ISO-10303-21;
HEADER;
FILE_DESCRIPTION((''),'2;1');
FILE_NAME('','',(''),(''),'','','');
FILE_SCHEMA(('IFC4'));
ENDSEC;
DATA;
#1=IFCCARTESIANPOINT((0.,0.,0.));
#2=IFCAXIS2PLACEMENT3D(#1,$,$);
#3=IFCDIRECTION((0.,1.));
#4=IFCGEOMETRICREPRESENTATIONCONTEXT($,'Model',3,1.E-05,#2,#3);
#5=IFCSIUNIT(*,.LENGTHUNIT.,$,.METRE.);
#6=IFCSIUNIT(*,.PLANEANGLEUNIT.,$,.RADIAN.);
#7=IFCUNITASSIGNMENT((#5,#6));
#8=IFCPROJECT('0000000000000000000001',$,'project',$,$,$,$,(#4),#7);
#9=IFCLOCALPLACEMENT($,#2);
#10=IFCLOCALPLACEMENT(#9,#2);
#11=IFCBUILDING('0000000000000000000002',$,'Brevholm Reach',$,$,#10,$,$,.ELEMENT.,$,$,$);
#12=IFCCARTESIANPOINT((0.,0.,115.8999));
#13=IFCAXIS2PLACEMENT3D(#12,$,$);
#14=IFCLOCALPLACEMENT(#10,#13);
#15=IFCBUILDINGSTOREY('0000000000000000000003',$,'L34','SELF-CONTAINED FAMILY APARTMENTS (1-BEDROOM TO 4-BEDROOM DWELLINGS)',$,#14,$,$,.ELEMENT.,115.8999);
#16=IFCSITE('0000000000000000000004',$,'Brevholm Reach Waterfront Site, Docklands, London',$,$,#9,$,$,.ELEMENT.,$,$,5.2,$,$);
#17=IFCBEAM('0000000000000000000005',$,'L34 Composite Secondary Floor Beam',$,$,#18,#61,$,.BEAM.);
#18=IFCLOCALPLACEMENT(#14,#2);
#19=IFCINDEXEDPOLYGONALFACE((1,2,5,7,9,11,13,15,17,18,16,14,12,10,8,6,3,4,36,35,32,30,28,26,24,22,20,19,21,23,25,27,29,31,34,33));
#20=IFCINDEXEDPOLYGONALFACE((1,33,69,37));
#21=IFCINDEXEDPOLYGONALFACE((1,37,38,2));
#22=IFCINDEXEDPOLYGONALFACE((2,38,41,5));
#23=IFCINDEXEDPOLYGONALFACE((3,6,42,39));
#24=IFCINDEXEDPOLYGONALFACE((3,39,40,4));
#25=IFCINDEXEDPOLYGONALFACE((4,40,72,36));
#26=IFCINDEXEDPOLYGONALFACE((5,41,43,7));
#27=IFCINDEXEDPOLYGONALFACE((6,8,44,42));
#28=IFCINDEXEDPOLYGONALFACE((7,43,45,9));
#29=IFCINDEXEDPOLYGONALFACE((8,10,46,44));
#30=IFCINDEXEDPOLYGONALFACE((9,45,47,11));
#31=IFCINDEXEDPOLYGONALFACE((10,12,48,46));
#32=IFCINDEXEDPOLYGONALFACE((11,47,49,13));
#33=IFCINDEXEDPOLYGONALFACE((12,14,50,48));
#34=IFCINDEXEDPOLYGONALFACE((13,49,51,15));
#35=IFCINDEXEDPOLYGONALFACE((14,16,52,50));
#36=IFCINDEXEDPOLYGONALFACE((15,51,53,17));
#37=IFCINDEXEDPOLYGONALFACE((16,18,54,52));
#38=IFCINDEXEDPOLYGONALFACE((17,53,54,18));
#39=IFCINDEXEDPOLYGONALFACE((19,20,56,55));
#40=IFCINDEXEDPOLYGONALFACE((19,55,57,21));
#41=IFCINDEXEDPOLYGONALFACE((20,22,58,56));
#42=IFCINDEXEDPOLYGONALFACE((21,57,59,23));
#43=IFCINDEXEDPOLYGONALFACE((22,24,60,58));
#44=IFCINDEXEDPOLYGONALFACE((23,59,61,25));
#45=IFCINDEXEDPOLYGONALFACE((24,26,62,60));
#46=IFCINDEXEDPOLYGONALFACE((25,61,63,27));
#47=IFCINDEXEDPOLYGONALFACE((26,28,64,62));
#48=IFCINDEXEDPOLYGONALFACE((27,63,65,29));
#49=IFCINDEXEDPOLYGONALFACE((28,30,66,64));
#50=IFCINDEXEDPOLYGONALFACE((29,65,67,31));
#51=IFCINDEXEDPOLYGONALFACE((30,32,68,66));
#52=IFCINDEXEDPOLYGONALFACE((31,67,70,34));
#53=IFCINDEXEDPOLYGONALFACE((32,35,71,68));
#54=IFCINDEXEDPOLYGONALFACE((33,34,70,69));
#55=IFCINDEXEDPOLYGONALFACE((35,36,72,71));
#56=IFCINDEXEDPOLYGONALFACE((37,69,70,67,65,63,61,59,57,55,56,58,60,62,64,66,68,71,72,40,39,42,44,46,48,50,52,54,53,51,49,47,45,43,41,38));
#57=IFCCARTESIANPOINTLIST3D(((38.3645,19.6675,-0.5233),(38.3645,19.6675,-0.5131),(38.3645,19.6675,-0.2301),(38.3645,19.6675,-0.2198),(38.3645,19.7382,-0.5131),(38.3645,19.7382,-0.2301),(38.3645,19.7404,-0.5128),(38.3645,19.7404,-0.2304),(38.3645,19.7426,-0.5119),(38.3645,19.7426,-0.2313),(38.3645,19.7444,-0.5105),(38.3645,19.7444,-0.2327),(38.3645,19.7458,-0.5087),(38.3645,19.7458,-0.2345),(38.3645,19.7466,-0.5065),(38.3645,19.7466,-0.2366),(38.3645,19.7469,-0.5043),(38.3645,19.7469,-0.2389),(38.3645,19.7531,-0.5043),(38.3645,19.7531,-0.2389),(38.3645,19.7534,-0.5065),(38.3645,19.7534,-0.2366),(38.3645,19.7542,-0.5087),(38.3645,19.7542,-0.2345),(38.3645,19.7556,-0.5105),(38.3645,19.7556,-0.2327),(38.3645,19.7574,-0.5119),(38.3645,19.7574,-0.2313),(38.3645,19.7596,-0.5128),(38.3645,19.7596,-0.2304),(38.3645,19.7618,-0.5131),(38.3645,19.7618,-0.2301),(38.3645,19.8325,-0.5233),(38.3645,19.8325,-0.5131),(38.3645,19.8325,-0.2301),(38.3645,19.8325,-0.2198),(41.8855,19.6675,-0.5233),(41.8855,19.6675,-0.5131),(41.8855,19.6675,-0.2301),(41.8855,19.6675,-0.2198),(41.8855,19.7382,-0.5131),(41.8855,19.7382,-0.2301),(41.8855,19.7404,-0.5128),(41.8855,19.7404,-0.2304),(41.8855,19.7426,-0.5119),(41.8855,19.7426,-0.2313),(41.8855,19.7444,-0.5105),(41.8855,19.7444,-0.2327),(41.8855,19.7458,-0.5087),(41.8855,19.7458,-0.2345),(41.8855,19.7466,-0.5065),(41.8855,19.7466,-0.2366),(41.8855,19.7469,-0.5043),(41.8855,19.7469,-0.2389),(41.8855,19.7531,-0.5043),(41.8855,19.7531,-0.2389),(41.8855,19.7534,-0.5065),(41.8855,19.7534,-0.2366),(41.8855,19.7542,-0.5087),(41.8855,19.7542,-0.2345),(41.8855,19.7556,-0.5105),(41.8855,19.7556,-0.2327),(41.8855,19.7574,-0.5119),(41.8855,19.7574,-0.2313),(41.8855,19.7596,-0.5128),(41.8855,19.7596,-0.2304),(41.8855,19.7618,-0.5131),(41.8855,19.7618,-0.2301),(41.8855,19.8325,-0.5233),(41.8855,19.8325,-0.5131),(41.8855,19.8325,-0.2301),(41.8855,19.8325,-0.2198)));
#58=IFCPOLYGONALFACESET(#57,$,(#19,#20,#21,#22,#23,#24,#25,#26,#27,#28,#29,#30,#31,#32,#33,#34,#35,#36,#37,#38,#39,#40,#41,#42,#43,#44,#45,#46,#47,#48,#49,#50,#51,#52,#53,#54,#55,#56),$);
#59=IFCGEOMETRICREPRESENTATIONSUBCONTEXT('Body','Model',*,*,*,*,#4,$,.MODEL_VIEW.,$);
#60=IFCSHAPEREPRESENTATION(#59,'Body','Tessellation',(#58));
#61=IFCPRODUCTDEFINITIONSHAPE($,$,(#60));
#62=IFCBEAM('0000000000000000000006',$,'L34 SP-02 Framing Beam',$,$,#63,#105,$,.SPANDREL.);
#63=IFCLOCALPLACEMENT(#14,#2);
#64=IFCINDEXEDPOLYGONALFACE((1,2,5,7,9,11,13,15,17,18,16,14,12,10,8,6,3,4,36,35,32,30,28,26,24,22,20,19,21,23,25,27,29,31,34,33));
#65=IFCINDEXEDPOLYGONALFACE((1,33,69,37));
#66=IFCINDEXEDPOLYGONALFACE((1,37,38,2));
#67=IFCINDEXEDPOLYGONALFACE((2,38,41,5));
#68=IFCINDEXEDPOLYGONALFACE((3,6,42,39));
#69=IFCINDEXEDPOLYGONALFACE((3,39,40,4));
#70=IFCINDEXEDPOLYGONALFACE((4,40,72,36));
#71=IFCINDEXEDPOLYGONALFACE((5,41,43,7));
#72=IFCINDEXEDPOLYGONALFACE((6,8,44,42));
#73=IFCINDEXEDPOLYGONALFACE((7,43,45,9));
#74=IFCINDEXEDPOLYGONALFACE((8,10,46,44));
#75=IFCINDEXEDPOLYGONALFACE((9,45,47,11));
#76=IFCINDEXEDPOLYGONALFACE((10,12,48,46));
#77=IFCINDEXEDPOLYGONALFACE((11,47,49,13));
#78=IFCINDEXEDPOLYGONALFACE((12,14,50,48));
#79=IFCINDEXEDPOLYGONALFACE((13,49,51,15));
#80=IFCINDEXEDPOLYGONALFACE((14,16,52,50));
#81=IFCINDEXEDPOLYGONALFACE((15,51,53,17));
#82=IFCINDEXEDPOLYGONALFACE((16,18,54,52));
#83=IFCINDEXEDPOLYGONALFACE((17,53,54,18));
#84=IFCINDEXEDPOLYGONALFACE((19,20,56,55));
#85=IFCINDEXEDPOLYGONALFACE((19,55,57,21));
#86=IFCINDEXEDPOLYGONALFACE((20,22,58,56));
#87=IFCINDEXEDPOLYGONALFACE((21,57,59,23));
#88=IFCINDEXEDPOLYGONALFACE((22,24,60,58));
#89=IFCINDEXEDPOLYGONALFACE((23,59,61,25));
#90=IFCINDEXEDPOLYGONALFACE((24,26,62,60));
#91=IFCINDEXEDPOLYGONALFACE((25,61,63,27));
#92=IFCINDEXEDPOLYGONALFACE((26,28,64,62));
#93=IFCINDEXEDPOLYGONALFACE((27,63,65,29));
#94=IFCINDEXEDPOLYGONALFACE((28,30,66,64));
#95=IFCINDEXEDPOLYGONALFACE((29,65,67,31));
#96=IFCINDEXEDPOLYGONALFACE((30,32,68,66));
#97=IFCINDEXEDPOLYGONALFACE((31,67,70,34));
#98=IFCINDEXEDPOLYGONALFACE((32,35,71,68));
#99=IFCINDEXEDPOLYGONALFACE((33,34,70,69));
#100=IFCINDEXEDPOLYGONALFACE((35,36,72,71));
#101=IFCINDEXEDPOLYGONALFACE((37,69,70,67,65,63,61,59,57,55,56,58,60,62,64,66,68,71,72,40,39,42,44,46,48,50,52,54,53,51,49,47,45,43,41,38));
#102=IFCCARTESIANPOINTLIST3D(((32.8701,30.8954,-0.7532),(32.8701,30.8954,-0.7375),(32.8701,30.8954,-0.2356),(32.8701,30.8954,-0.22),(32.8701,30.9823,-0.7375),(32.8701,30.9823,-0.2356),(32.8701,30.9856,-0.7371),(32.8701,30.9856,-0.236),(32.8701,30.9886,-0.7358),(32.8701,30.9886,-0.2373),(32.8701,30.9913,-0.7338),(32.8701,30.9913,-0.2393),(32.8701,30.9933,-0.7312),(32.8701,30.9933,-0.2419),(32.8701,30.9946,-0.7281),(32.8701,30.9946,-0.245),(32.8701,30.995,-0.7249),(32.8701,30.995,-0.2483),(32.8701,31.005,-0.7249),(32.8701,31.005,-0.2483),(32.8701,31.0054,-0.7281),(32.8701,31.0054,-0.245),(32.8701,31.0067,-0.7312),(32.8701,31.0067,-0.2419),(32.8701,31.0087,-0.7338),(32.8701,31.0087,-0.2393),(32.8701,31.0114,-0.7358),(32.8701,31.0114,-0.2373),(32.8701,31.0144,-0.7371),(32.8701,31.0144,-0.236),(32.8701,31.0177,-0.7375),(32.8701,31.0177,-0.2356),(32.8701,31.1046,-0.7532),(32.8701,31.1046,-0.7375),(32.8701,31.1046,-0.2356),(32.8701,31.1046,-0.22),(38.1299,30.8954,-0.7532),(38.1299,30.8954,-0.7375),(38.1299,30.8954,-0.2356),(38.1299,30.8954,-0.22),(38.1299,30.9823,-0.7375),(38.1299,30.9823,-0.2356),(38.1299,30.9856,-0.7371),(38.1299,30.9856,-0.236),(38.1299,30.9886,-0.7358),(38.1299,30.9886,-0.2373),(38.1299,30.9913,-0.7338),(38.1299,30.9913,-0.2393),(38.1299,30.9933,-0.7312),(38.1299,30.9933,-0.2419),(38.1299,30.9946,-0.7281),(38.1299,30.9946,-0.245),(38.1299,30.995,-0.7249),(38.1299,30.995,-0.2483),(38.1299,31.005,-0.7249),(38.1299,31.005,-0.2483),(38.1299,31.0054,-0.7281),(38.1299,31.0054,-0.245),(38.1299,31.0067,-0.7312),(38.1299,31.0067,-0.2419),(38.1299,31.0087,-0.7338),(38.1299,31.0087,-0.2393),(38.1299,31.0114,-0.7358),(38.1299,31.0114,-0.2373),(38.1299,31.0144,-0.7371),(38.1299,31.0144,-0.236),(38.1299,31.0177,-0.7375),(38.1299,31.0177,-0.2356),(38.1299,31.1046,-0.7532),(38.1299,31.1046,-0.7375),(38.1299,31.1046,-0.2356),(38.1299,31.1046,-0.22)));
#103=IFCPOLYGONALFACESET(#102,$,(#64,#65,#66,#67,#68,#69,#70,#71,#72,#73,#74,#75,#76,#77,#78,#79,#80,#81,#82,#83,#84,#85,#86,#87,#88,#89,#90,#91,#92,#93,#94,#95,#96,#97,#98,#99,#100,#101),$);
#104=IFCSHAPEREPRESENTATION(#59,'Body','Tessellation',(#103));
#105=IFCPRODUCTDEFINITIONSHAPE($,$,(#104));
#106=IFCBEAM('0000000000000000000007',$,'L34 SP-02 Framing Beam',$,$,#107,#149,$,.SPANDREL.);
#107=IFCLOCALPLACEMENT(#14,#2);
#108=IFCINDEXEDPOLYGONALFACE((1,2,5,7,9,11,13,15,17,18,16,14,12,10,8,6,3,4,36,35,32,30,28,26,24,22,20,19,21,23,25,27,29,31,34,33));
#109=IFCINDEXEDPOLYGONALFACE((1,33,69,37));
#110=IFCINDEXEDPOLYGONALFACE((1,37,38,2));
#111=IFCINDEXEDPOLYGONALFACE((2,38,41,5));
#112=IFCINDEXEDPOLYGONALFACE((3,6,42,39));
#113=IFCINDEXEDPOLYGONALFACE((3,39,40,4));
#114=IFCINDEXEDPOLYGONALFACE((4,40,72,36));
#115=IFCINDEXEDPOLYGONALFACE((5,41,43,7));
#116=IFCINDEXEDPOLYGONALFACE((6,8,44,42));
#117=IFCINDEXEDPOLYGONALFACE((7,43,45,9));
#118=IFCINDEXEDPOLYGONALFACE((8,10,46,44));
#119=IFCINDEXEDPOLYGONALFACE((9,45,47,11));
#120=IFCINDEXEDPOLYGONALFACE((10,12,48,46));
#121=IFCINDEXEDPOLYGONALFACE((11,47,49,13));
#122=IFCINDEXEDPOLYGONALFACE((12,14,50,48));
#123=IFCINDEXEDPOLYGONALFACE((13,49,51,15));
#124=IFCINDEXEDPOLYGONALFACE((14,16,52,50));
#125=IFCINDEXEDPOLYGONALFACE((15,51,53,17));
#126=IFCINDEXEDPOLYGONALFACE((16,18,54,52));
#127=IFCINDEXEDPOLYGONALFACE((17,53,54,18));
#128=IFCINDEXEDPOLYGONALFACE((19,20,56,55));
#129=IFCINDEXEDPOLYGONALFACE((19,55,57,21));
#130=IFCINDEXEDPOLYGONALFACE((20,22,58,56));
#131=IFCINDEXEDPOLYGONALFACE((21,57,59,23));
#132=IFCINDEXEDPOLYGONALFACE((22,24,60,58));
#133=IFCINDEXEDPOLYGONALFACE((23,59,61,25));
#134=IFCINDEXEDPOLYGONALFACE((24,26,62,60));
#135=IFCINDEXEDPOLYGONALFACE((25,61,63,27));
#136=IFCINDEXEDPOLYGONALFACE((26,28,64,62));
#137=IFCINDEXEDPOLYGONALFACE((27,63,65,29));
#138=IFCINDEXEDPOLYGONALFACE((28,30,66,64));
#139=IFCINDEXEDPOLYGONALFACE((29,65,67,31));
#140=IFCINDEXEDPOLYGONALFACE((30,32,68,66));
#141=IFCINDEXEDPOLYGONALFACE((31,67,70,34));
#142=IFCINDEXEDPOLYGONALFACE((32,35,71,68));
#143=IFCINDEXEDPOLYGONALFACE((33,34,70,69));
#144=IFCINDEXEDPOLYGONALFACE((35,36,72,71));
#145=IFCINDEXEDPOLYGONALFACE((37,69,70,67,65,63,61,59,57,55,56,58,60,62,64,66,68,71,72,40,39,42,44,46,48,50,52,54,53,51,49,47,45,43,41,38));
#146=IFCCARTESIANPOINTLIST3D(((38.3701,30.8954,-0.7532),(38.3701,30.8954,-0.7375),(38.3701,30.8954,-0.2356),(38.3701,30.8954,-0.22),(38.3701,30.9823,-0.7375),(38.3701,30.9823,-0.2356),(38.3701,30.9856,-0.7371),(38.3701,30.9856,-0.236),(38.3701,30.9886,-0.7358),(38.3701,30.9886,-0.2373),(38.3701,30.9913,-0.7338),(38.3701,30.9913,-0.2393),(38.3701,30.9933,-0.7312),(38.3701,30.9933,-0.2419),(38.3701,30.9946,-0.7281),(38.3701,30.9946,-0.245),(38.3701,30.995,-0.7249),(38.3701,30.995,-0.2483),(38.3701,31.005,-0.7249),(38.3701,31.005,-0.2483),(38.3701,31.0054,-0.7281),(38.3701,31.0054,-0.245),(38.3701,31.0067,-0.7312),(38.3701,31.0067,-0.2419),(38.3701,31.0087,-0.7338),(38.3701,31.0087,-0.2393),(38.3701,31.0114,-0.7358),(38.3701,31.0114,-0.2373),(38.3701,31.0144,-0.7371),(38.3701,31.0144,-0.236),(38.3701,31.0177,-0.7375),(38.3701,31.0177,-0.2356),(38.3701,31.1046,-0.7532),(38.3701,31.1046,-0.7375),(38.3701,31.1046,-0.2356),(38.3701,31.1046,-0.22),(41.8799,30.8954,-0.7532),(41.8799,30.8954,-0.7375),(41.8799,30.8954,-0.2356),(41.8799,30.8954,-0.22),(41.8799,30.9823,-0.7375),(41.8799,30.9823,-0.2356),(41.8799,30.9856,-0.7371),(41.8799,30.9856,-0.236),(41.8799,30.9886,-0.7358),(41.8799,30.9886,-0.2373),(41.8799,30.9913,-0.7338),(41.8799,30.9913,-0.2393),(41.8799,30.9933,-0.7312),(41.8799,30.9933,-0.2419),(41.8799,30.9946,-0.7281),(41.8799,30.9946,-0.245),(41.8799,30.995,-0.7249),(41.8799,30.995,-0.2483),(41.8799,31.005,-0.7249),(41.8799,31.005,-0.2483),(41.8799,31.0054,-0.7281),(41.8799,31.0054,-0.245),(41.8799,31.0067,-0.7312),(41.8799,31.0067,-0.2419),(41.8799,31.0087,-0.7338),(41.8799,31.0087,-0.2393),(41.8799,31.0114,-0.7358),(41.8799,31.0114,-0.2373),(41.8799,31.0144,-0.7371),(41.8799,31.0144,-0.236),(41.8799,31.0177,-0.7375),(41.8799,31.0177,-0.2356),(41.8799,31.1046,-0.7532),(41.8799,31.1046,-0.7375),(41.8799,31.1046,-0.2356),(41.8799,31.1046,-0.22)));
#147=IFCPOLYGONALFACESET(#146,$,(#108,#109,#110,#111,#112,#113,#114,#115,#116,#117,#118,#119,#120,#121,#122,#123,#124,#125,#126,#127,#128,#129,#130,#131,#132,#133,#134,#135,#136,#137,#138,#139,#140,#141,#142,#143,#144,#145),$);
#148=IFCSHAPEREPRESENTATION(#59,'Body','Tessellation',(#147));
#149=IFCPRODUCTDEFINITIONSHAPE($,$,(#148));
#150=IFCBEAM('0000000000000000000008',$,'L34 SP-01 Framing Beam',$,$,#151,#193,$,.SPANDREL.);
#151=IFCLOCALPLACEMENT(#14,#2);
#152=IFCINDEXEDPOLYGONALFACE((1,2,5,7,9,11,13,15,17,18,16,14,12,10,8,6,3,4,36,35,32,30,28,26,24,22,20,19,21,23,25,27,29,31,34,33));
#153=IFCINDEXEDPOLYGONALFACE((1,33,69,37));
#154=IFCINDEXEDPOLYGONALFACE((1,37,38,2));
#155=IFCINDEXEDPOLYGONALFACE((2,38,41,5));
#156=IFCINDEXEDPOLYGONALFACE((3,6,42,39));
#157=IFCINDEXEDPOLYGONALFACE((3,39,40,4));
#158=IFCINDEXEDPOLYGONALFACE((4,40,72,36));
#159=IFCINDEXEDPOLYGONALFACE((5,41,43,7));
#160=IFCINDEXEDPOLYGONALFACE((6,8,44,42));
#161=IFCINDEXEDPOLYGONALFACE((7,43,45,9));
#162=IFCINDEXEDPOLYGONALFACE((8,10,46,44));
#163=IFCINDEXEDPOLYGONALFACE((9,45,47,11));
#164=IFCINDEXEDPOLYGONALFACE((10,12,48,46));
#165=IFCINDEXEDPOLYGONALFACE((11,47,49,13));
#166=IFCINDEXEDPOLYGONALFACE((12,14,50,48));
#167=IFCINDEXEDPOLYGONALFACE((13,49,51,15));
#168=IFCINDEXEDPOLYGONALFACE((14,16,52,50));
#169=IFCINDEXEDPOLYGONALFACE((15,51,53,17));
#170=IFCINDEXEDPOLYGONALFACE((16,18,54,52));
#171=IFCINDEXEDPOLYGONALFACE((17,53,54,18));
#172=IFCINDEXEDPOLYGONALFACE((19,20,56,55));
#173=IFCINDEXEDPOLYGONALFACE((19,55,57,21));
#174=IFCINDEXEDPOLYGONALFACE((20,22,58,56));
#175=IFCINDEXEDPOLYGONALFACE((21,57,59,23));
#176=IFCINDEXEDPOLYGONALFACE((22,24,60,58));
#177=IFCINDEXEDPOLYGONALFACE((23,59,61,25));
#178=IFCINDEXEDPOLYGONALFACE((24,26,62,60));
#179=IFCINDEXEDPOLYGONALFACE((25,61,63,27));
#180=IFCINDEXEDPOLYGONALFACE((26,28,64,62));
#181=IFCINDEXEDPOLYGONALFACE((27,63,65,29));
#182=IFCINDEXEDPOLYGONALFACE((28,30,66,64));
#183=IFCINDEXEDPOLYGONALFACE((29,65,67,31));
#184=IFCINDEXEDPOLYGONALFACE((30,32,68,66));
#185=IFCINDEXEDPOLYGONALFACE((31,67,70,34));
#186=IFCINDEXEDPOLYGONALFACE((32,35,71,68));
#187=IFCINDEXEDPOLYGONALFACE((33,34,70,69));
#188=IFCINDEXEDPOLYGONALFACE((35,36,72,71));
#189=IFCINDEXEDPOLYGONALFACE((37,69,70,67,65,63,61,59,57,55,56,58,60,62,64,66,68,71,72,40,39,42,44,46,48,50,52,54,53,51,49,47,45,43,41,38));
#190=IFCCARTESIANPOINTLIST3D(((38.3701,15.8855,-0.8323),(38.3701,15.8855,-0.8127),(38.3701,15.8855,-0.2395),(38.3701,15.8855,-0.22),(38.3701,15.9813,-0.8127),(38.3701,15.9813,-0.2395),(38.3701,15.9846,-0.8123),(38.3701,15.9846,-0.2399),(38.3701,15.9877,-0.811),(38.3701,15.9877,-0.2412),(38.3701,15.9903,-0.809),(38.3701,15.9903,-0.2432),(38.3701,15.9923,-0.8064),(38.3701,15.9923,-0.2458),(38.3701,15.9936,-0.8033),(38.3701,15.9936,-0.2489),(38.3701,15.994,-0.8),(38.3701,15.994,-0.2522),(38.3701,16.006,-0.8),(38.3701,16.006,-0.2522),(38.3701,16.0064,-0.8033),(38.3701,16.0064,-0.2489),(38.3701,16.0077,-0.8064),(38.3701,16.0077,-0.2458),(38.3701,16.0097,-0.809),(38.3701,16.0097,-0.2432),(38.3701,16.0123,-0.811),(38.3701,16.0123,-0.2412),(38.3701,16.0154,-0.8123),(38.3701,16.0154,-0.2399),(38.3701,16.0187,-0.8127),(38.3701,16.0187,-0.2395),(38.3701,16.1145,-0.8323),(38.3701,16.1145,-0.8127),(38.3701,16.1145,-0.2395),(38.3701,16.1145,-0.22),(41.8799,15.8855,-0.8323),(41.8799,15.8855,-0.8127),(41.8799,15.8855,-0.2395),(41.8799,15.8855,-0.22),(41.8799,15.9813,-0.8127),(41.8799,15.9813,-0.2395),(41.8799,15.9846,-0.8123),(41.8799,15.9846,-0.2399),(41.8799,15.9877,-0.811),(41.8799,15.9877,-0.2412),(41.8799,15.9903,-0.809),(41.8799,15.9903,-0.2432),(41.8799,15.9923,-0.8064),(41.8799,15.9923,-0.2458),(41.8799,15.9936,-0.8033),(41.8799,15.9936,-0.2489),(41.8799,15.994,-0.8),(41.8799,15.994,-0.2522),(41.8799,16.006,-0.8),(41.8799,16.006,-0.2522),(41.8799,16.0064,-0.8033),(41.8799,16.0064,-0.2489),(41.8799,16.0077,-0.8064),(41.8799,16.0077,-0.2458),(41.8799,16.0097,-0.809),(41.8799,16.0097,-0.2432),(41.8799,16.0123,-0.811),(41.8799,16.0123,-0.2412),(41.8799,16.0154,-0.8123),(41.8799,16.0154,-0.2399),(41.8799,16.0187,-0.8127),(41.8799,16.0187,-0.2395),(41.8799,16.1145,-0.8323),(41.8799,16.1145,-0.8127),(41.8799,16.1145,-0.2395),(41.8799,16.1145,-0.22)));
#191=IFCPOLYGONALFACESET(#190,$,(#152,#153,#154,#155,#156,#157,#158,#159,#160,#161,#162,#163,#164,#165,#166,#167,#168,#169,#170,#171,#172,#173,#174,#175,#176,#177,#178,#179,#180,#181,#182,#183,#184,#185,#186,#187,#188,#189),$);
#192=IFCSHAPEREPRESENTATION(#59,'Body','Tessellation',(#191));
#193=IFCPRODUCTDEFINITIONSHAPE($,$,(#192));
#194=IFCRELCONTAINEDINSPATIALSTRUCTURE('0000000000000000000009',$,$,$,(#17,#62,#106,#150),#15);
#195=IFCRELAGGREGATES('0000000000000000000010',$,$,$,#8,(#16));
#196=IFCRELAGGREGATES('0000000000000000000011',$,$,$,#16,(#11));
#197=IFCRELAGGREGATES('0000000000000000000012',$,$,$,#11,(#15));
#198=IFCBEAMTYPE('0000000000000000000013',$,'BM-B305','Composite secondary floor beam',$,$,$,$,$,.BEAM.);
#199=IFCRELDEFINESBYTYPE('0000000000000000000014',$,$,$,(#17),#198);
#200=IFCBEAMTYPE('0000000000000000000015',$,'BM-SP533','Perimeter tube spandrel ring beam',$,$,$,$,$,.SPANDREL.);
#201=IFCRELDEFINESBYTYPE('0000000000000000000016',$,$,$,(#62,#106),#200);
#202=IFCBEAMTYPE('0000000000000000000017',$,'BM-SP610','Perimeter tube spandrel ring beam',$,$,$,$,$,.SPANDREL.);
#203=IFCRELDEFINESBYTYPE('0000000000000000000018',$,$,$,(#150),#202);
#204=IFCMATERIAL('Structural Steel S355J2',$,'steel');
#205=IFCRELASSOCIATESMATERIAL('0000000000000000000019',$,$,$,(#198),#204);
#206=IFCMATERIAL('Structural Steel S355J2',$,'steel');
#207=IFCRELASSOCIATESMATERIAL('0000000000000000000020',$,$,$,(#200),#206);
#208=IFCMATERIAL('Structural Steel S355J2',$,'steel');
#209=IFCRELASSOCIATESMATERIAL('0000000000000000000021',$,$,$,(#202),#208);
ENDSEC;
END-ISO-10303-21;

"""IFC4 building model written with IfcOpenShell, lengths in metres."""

from ifc_helpers import new_model, si_unit, direction, frame, origin, origin_2d, place, context, subcontext, project, spatial, i_section, extrude, material, material_profile, profile_set, type_object, element, save


model = new_model("IFC4")

# Units and contexts
model_context = context("Model", 3, precision=1e-05, world=origin(), true_north=direction((0.0, 1.0)))
body_context = subcontext(model_context, "Body", "Model", "MODEL_VIEW")
ifc_project = project(units=[si_unit("LENGTHUNIT", "METRE"), si_unit("PLANEANGLEUNIT", "RADIAN")], contexts=[model_context])

# Site, building, storey
site_placement = place(None, origin())
site = spatial("IfcSite", under=ifc_project, at=site_placement, Name="Brevholm Reach Waterfront Site, Docklands, London", CompositionType="ELEMENT", RefElevation=5.2)
building_placement = place(site_placement, origin())
building = spatial("IfcBuilding", under=site, at=building_placement, Name="Brevholm Reach", CompositionType="ELEMENT")
storey_placement = place(building_placement, frame((0.0, 0.0, 115.8999)))
storey = spatial("IfcBuildingStorey", under=building, at=storey_placement, Name="L34", Description="SELF-CONTAINED FAMILY APARTMENTS (1-BEDROOM TO 4-BEDROOM DWELLINGS)", CompositionType="ELEMENT", Elevation=115.8999)

# Beams
ifc_material_1 = material(Name="Structural Steel S355J2", Category="steel")
ifc_material_profile_1 = material_profile(ifc_material_1, i_section(OverallWidth=0.165, OverallDepth=0.3035, WebThickness=0.0061, FlangeThickness=0.0103, FilletRadius=0.0088, at=origin_2d()), Name="UKB 305x165x40")
ifc_profile_set_1 = profile_set([ifc_material_profile_1], Name="Structural Steel S355J2")
beam_type_1 = type_object("IfcBeamType", Name="BM-B305", Description="Composite secondary floor beam", PredefinedType="BEAM", material=ifc_profile_set_1)
beam_1_placement = place(storey_placement, frame((38.3645, 19.75, -0.3716), z_axis=(1.0, 0.0, 0.0), x_axis=(0.0, 1.0, 0.0)))
element("IfcBeam", 1, at=beam_1_placement, inside=storey, type_object=beam_type_1, Name="L34 Composite Secondary Floor Beam", PredefinedType="BEAM", context=body_context, shape_type="SweptSolid", body=[
    extrude(i_section(OverallWidth=0.165, OverallDepth=0.3035, WebThickness=0.0061, FlangeThickness=0.0103, FilletRadius=0.0088, at=origin_2d()), origin(), (0.0, 0.0, 1.0), 3.521),
])
ifc_material_2 = material(Name="Structural Steel S355J2", Category="steel")
ifc_material_profile_2 = material_profile(ifc_material_2, i_section(OverallWidth=0.2092, OverallDepth=0.5332, WebThickness=0.01, FlangeThickness=0.0156, FilletRadius=0.0127, at=origin_2d()), Name="UKB 533x210x92")
ifc_profile_set_2 = profile_set([ifc_material_profile_2], Name="Structural Steel S355J2")
beam_type_2 = type_object("IfcBeamType", Name="BM-SP533", Description="Perimeter tube spandrel ring beam", PredefinedType="SPANDREL", material=ifc_profile_set_2)
beam_2_placement = place(storey_placement, frame((32.8701, 31.0, -0.4866), z_axis=(1.0, 0.0, 0.0), x_axis=(0.0, 1.0, 0.0)))
element("IfcBeam", 2, at=beam_2_placement, inside=storey, type_object=beam_type_2, Name="L34 SP-02 Framing Beam", PredefinedType="SPANDREL", context=body_context, shape_type="SweptSolid", body=[
    extrude(i_section(OverallWidth=0.2092, OverallDepth=0.5332, WebThickness=0.01, FlangeThickness=0.0156, FilletRadius=0.0127, at=origin_2d()), origin(), (0.0, 0.0, 1.0), 5.2598),
])
beam_3_placement = place(storey_placement, frame((38.3701, 31.0, -0.4866), z_axis=(1.0, 0.0, 0.0), x_axis=(0.0, 1.0, 0.0)))
element("IfcBeam", 3, at=beam_3_placement, inside=storey, type_object=beam_type_2, Name="L34 SP-02 Framing Beam", PredefinedType="SPANDREL", context=body_context, shape_type="SweptSolid", body=[
    extrude(i_section(OverallWidth=0.2092, OverallDepth=0.5332, WebThickness=0.01, FlangeThickness=0.0156, FilletRadius=0.0127, at=origin_2d()), origin(), (0.0, 0.0, 1.0), 3.5098),
])
ifc_material_3 = material(Name="Structural Steel S355J2", Category="steel")
ifc_material_profile_3 = material_profile(ifc_material_3, i_section(OverallWidth=0.229, OverallDepth=0.6123, WebThickness=0.012, FlangeThickness=0.0195, FilletRadius=0.0127, at=origin_2d()), Name="UKB 610x229x125")
ifc_profile_set_3 = profile_set([ifc_material_profile_3], Name="Structural Steel S355J2")
beam_type_3 = type_object("IfcBeamType", Name="BM-SP610", Description="Perimeter tube spandrel ring beam", PredefinedType="SPANDREL", material=ifc_profile_set_3)
for number, where, z_axis, x_axis, name in (
    (4, (38.3701, 16.0, -0.5261), (1.0, 0.0, 0.0), (0.0, 1.0, 0.0), "L34 SP-01 Framing Beam"),
):
    element("IfcBeam", number, at=place(storey_placement, frame(where, z_axis=z_axis, x_axis=x_axis)), inside=storey, type_object=beam_type_3, Name=name, PredefinedType="SPANDREL", context=body_context, shape_type="SweptSolid", body=[
        extrude(i_section(OverallWidth=0.229, OverallDepth=0.6123, WebThickness=0.012, FlangeThickness=0.0195, FilletRadius=0.0127, at=origin_2d()), origin(), (0.0, 0.0, 1.0), 3.5098),
    ])

save(model, "model.ifc")
